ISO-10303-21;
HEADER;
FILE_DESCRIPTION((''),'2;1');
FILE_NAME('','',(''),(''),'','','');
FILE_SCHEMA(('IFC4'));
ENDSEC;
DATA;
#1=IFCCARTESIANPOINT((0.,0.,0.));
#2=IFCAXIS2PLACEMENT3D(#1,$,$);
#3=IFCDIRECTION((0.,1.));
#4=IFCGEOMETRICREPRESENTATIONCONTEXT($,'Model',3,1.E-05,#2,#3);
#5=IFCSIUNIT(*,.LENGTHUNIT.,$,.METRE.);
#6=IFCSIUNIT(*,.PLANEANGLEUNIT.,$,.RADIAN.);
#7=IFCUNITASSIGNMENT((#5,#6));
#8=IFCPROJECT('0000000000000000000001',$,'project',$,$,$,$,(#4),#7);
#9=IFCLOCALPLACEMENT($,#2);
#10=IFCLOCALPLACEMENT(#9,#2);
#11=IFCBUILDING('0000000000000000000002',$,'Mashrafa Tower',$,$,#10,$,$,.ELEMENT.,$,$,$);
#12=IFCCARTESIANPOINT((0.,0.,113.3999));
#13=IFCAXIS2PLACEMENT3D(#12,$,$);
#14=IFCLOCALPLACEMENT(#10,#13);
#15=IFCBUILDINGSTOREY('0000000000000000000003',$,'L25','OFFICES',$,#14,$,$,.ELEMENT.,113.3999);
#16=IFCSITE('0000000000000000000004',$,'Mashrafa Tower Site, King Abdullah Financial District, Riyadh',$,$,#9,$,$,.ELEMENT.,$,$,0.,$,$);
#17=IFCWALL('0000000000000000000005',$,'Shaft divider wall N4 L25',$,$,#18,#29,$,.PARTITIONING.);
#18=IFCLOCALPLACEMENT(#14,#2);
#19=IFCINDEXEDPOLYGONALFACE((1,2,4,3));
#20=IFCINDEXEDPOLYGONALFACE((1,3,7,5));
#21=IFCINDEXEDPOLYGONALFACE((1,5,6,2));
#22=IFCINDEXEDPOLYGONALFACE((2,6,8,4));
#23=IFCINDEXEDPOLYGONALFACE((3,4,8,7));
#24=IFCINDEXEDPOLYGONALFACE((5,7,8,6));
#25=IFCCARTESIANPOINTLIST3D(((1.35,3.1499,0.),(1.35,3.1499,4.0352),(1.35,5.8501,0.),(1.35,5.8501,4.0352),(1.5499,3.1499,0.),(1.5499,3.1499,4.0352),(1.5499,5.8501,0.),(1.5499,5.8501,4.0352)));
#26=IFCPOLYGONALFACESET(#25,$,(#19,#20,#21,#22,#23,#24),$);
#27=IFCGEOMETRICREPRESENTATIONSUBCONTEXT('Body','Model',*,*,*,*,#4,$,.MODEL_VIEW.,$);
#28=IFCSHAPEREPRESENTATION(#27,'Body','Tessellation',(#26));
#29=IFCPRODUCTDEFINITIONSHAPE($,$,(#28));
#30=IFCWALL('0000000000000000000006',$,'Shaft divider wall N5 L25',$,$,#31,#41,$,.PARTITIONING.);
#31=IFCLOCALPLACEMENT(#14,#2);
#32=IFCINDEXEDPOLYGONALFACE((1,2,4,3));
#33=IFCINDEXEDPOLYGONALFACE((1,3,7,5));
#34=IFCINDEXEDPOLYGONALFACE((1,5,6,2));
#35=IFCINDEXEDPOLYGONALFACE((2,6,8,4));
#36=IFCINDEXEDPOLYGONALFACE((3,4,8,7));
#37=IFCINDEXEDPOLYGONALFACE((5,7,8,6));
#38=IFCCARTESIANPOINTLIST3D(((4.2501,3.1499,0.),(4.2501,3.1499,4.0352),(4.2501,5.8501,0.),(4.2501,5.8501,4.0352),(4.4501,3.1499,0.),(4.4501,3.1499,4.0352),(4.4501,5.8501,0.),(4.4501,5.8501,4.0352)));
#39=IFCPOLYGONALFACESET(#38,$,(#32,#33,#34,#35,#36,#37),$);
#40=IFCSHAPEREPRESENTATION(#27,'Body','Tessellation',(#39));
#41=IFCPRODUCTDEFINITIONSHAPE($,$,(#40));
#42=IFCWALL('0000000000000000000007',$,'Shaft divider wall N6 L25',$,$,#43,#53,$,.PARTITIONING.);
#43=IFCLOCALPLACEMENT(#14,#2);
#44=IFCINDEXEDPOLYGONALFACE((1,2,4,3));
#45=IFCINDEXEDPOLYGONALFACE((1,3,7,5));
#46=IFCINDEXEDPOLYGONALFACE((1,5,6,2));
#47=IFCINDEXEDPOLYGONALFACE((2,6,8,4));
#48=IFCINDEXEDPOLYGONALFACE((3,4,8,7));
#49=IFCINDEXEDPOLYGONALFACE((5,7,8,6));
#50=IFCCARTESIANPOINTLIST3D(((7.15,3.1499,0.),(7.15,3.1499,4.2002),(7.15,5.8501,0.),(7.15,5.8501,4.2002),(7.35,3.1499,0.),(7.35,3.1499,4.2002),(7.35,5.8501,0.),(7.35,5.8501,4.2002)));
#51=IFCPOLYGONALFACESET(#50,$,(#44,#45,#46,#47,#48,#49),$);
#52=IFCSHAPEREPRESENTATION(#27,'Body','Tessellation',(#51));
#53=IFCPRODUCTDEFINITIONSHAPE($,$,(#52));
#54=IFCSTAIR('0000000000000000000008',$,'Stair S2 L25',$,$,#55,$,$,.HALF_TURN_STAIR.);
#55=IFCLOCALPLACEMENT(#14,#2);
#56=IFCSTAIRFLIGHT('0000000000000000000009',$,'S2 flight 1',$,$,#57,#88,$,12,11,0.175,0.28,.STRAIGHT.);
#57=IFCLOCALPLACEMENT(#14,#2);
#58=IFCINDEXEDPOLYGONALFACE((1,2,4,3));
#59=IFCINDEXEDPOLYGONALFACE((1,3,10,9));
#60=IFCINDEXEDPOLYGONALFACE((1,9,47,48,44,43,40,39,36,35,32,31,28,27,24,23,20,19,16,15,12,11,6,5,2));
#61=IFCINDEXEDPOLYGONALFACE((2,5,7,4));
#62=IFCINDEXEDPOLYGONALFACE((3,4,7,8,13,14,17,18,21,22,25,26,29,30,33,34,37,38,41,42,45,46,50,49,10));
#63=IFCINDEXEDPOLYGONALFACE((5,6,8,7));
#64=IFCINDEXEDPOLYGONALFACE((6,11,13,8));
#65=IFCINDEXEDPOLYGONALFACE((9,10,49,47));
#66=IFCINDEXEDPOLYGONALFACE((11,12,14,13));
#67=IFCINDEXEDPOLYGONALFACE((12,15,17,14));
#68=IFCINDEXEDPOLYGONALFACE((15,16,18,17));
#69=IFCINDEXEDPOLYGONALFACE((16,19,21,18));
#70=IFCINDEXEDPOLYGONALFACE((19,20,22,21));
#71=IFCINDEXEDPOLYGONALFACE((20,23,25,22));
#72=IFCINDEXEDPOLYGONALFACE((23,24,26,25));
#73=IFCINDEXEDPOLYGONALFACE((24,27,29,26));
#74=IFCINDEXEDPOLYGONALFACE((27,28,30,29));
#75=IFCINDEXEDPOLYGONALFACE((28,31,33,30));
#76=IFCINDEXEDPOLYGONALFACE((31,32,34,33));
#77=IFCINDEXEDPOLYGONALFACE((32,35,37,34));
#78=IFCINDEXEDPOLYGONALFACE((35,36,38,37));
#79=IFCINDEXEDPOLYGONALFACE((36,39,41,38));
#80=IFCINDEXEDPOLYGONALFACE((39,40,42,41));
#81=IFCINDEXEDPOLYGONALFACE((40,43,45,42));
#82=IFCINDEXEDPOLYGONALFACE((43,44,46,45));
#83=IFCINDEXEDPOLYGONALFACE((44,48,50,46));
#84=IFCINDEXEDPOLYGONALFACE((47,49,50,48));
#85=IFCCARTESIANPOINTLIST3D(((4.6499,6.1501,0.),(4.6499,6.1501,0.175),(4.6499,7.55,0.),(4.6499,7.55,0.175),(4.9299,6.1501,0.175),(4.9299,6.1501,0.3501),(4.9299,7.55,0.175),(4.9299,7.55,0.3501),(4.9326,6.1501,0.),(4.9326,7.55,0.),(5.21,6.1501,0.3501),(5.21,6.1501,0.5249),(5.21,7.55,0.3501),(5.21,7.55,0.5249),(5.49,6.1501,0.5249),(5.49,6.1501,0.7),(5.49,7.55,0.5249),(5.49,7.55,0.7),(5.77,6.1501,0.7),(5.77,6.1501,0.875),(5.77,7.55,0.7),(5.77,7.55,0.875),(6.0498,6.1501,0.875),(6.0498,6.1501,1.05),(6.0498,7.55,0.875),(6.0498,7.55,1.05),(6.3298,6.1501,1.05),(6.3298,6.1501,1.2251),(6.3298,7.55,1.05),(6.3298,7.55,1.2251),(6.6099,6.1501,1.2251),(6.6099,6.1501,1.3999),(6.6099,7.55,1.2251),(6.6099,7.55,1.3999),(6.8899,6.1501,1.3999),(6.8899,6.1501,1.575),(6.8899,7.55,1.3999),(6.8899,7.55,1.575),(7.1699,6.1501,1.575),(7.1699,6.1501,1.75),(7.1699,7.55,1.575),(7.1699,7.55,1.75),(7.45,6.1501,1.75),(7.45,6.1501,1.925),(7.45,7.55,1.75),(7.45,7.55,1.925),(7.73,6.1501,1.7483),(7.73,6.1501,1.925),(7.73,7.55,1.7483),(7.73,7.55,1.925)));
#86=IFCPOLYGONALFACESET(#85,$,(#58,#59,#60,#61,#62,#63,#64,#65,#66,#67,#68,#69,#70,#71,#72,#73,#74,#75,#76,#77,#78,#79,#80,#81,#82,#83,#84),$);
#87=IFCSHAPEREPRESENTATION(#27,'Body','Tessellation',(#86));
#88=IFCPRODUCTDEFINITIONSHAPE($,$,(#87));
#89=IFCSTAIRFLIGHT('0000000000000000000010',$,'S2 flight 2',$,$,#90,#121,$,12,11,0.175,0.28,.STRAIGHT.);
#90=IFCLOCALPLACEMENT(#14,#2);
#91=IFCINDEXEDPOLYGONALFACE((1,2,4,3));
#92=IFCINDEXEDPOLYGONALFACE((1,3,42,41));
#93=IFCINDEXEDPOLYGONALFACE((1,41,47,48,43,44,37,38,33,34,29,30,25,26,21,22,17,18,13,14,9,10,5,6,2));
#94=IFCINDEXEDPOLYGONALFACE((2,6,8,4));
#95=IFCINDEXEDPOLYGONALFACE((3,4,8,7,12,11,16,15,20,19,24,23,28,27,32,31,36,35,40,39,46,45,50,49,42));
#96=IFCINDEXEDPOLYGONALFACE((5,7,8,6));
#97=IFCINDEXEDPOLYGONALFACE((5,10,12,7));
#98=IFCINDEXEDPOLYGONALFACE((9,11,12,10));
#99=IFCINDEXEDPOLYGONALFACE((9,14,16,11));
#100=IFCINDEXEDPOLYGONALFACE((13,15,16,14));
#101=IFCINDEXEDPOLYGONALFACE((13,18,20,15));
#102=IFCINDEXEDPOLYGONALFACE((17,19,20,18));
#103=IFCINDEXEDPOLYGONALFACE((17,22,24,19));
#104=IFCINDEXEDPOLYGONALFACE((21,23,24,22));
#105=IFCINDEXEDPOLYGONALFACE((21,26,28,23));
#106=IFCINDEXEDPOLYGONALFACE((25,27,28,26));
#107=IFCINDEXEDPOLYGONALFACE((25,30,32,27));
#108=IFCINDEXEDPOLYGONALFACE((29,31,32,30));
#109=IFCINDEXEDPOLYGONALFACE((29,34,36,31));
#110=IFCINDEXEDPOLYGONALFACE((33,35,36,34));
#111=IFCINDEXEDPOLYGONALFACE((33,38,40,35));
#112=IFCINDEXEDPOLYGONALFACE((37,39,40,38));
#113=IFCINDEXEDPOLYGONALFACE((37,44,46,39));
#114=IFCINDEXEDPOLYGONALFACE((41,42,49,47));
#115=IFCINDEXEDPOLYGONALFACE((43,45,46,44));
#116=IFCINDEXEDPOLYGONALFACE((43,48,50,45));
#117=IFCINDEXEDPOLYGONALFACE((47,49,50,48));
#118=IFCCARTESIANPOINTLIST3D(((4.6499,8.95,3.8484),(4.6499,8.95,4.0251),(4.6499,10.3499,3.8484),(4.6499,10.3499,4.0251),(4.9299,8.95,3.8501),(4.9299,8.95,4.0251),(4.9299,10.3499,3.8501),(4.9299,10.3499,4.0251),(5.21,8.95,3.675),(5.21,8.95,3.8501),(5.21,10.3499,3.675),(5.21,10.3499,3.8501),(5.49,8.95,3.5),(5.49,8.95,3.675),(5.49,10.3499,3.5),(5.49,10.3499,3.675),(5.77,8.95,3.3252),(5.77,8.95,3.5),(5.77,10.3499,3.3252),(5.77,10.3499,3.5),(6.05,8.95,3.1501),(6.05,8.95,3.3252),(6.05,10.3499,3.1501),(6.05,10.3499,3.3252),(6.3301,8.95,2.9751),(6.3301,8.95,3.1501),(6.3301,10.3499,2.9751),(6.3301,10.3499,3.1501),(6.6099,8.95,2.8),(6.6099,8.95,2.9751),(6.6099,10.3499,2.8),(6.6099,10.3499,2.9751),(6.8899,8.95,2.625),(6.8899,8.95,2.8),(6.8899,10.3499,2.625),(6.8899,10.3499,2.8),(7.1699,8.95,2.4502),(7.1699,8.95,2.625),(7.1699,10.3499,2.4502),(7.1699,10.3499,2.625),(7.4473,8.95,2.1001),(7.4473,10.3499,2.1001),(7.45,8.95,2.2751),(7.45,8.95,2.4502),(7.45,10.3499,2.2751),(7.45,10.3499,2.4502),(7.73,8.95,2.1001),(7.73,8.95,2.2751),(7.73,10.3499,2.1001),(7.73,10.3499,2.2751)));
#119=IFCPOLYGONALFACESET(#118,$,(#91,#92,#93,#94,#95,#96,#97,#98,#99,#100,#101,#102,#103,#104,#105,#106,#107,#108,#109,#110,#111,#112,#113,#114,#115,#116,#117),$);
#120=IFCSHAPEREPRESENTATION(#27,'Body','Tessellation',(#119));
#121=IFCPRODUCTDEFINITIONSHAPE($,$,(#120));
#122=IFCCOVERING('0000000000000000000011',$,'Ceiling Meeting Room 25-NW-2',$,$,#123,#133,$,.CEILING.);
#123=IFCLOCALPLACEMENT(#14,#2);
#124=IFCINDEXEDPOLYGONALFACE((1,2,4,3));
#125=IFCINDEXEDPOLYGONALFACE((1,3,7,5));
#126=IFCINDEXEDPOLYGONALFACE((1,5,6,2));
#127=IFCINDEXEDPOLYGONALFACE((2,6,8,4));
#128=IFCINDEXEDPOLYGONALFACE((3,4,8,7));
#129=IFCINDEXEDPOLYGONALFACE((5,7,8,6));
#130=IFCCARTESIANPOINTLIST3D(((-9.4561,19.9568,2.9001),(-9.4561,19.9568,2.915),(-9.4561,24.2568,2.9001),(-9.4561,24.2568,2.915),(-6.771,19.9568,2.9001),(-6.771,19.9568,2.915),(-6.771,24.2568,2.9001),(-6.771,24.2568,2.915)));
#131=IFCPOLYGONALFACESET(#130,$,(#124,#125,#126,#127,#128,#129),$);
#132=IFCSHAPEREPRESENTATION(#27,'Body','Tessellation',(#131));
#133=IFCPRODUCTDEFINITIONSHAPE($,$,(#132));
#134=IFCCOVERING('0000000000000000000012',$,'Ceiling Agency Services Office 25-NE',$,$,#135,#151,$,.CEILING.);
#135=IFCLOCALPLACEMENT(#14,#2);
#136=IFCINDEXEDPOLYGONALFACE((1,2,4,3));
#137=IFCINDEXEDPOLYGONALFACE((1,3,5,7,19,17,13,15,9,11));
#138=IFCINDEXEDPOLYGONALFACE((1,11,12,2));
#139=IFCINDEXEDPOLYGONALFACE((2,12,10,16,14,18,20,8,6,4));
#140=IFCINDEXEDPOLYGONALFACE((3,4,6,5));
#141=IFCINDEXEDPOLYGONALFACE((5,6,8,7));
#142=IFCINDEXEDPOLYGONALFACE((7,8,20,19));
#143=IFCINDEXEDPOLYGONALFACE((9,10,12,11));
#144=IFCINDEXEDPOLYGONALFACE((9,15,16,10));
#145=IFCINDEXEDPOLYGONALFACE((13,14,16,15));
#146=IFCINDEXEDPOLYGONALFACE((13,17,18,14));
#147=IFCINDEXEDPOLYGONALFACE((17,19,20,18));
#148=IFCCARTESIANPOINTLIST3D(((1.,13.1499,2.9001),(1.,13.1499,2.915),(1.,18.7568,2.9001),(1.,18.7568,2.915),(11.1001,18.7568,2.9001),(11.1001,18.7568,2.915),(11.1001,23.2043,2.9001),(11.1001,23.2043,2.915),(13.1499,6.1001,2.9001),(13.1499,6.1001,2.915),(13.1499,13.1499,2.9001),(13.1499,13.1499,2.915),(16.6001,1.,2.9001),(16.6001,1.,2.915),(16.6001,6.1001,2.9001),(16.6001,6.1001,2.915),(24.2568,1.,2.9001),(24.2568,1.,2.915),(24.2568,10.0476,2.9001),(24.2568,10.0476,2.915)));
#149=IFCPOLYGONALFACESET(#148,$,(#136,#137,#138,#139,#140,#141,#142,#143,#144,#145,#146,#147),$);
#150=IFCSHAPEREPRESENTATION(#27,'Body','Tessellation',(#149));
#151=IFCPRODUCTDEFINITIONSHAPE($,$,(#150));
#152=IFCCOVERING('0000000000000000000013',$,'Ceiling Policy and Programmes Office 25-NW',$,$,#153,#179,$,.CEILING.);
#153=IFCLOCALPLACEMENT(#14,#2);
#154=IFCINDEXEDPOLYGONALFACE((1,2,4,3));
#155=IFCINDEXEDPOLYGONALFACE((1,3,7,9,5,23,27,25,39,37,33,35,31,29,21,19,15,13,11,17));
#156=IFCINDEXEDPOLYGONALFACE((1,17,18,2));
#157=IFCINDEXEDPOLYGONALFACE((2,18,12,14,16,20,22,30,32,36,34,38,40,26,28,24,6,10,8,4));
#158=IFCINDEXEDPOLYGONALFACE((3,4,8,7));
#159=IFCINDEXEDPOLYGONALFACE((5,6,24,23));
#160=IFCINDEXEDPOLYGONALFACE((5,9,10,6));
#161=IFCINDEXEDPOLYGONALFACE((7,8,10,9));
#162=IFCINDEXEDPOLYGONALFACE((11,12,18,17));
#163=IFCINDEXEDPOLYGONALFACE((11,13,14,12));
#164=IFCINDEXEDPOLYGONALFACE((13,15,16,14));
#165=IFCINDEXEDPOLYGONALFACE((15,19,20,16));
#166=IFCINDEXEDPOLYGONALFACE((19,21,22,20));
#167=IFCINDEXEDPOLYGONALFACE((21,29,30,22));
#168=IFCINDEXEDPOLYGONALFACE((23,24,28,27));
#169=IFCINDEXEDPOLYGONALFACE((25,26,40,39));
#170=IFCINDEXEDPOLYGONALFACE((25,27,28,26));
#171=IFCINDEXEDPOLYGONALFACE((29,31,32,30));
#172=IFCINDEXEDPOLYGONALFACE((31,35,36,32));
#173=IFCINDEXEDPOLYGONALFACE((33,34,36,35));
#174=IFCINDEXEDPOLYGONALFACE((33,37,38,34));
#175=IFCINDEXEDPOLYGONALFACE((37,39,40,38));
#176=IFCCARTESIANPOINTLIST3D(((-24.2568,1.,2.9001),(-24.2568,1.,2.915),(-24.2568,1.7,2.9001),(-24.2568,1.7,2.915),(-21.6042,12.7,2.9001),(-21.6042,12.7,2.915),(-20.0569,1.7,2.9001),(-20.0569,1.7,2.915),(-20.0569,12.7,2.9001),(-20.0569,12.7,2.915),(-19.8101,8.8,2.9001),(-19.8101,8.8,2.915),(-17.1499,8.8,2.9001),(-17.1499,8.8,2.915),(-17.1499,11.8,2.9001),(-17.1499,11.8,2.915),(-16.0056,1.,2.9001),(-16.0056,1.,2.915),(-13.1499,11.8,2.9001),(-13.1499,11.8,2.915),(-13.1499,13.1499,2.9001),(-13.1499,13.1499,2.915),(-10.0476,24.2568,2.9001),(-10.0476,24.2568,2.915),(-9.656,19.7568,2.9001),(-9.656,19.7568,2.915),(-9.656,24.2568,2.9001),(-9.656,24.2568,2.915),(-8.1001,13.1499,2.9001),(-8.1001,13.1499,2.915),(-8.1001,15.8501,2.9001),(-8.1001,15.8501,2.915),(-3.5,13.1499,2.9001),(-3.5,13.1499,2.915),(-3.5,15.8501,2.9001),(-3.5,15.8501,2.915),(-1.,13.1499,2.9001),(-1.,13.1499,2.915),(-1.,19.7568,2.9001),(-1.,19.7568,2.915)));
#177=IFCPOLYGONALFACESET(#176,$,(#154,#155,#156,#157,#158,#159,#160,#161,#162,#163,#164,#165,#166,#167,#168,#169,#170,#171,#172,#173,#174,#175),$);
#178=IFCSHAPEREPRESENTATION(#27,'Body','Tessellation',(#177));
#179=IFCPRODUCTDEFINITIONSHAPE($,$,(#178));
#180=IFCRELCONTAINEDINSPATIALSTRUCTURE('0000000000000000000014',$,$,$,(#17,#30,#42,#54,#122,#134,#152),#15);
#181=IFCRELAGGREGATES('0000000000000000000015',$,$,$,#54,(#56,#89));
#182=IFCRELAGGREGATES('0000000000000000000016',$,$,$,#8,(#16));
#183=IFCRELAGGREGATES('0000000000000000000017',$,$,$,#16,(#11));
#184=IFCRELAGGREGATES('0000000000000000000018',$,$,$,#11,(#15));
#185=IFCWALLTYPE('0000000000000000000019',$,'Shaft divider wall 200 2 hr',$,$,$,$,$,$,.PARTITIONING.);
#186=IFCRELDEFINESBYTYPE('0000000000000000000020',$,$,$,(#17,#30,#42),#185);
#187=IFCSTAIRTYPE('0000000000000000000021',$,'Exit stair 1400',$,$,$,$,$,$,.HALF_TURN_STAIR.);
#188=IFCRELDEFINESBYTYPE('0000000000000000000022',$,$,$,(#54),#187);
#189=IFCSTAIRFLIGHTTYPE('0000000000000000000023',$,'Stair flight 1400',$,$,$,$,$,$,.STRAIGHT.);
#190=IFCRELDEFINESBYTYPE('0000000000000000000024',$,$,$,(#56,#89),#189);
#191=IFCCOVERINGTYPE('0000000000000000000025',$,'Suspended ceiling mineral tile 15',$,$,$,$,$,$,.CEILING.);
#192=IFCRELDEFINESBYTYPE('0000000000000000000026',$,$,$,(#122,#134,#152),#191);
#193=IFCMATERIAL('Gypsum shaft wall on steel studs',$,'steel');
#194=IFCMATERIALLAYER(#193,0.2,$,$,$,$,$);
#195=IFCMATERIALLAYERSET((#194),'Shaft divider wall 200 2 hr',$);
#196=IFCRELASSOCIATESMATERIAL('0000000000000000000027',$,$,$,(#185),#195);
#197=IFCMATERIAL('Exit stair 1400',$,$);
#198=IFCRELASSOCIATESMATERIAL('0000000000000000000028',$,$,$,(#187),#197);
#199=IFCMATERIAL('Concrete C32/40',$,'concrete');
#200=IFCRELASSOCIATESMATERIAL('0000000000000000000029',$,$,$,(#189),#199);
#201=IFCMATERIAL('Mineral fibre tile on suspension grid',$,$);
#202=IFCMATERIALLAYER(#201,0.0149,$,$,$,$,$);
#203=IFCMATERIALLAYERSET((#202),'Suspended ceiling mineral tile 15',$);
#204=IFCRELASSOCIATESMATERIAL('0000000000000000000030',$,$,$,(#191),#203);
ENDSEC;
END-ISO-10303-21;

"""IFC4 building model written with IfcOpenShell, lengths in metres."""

from ifc_helpers import new_model, si_unit, direction, frame, frame_2d, origin, place, context, subcontext, project, spatial, polyline, rectangle, outline, extrude, material, layer, layer_set, type_object, element, aggregate, save


model = new_model("IFC4")

# Units and contexts
model_context = context("Model", 3, precision=1e-05, world=origin(), true_north=direction((0.0, 1.0)))
body_context = subcontext(model_context, "Body", "Model", "MODEL_VIEW")
ifc_project = project(units=[si_unit("LENGTHUNIT", "METRE"), si_unit("PLANEANGLEUNIT", "RADIAN")], contexts=[model_context])

# Site, building, storey
site_placement = place(None, origin())
site = spatial("IfcSite", under=ifc_project, at=site_placement, Name="Mashrafa Tower Site, King Abdullah Financial District, Riyadh", CompositionType="ELEMENT", RefElevation=0.0)
building_placement = place(site_placement, origin())
building = spatial("IfcBuilding", under=site, at=building_placement, Name="Mashrafa Tower", CompositionType="ELEMENT")
storey_placement = place(building_placement, frame((0.0, 0.0, 113.3999)))
storey = spatial("IfcBuildingStorey", under=building, at=storey_placement, Name="L25", Description="OFFICES", CompositionType="ELEMENT", Elevation=113.3999)

# Walls
ifc_material_1 = material(Name="Gypsum shaft wall on steel studs", Category="steel")
ifc_layer_1 = layer(ifc_material_1, 0.2)
ifc_layer_set_1 = layer_set([ifc_layer_1], Name="Shaft divider wall 200 2 hr")
wall_type_1 = type_object("IfcWallType", Name="Shaft divider wall 200 2 hr", PredefinedType="PARTITIONING", material=ifc_layer_set_1)
for number, where, z_axis, x_axis, name in (
    (1, (1.45, 3.1499, 0.0), (0.0, 0.0, 1.0), (0.0, 1.0, 0.0), "Shaft divider wall N4 L25"),
    (2, (4.3501, 3.1499, 0.0), (0.0, 0.0, 1.0), (0.0, 1.0, 0.0), "Shaft divider wall N5 L25"),
):
    element("IfcWall", number, at=place(storey_placement, frame(where, z_axis=z_axis, x_axis=x_axis)), inside=storey, type_object=wall_type_1, Name=name, PredefinedType="PARTITIONING", context=body_context, shape_type="SweptSolid", body=[
        extrude(rectangle(XDim=2.7002, YDim=0.2, at=frame_2d((1.3501, 0.0))), origin(), (0.0, 0.0, 1.0), 4.0352),
    ])
wall_1_placement = place(storey_placement, frame((7.25, 3.1499, 0.0), z_axis=(0.0, 0.0, 1.0), x_axis=(0.0, 1.0, 0.0)))
element("IfcWall", 3, at=wall_1_placement, inside=storey, type_object=wall_type_1, Name="Shaft divider wall N6 L25", PredefinedType="PARTITIONING", context=body_context, shape_type="SweptSolid", body=[
    extrude(rectangle(XDim=2.7002, YDim=0.2, at=frame_2d((1.3501, 0.0))), origin(), (0.0, 0.0, 1.0), 4.2002),
])

# Stair, stair flights
ifc_material_2 = material(Name="Exit stair 1400")
stair_type = type_object("IfcStairType", Name="Exit stair 1400", PredefinedType="HALF_TURN_STAIR", material=ifc_material_2)
stair_placement = place(storey_placement, origin())
stair = element("IfcStair", 4, at=stair_placement, inside=storey, type_object=stair_type, Name="Stair S2 L25", PredefinedType="HALF_TURN_STAIR")
ifc_material_3 = material(Name="Concrete C32/40", Category="concrete")
stair_flight_type = type_object("IfcStairFlightType", Name="Stair flight 1400", PredefinedType="STRAIGHT", material=ifc_material_3)
stair_flight_1_placement = place(storey_placement, frame((4.6499, 6.8501, 0.0), z_axis=(0.0, 0.0, 1.0), x_axis=(1.0, 0.0, 0.0)))
stair_flight_1 = element("IfcStairFlight", 5, at=stair_flight_1_placement, type_object=stair_flight_type, Name="S2 flight 1", NumberOfRisers=12, NumberOfTreads=11, PredefinedType="STRAIGHT", RiserHeight=0.175, TreadLength=0.28, context=body_context, shape_type="SweptSolid", body=[
    extrude(outline(polyline([(0.0, 0.0), (0.0, 0.175), (0.28, 0.175), (0.28, 0.3501), (0.5601, 0.3501), (0.5601, 0.5249), (0.8401, 0.5249), (0.8401, 0.7), (1.1201, 0.7), (1.1201, 0.875), (1.3999, 0.875), (1.3999, 1.05), (1.6799, 1.05), (1.6799, 1.2251), (1.96, 1.2251), (1.96, 1.3999), (2.24, 1.3999), (2.24, 1.575), (2.52, 1.575), (2.52, 1.75), (2.8, 1.75), (2.8, 1.925), (3.0801, 1.925), (3.0801, 2.1001), (3.0801, 1.7483), (0.2827, 0.0), (0.0, 0.0)])), frame((0.0, 0.7, 0.0), z_axis=(0.0, -1.0, 0.0), x_axis=(1.0, 0.0, 0.0)), (0.0, 0.0, 1.0), 1.3999),
])
stair_flight_2_placement = place(storey_placement, frame((7.73, 9.6499, 2.1001), z_axis=(0.0, 0.0, 1.0), x_axis=(-1.0, 0.0, 0.0)))
stair_flight_2 = element("IfcStairFlight", 6, at=stair_flight_2_placement, type_object=stair_flight_type, Name="S2 flight 2", NumberOfRisers=12, NumberOfTreads=11, PredefinedType="STRAIGHT", RiserHeight=0.175, TreadLength=0.28, context=body_context, shape_type="SweptSolid", body=[
    extrude(outline(polyline([(0.0, 0.0), (0.0, 0.175), (0.28, 0.175), (0.28, 0.3501), (0.5601, 0.3501), (0.5601, 0.5249), (0.8401, 0.5249), (0.8401, 0.7), (1.1201, 0.7), (1.1201, 0.875), (1.3999, 0.875), (1.3999, 1.05), (1.6799, 1.05), (1.6799, 1.2251), (1.96, 1.2251), (1.96, 1.3999), (2.24, 1.3999), (2.24, 1.575), (2.52, 1.575), (2.52, 1.75), (2.8, 1.75), (2.8, 1.925), (3.0801, 1.925), (3.0801, 2.1001), (3.0801, 1.7483), (0.2827, 0.0), (0.0, 0.0)])), frame((0.0, 0.7, 0.0), z_axis=(0.0, -1.0, 0.0), x_axis=(1.0, 0.0, 0.0)), (0.0, 0.0, 1.0), 1.3999),
])
aggregate(stair, [stair_flight_1, stair_flight_2])

# Coverings
ifc_material_4 = material(Name="Mineral fibre tile on suspension grid")
ifc_layer_2 = layer(ifc_material_4, 0.0149)
ifc_layer_set_2 = layer_set([ifc_layer_2], Name="Suspended ceiling mineral tile 15")
covering_type = type_object("IfcCoveringType", Name="Suspended ceiling mineral tile 15", PredefinedType="CEILING", material=ifc_layer_set_2)
covering_1_placement = place(storey_placement, frame((0.0, 0.0, 2.9001)))
element("IfcCovering", 7, at=covering_1_placement, inside=storey, type_object=covering_type, Name="Ceiling Meeting Room 25-NW-2", PredefinedType="CEILING", context=body_context, shape_type="SweptSolid", body=[
    extrude(outline(polyline([(-9.4561, 24.2568), (-6.771, 24.2568), (-6.771, 19.9568), (-9.4561, 19.9568), (-9.4561, 24.2568)])), origin(), (0.0, 0.0, 1.0), 0.0149),
])
covering_2_placement = place(storey_placement, frame((0.0, 0.0, 2.9001)))
element("IfcCovering", 8, at=covering_2_placement, inside=storey, type_object=covering_type, Name="Ceiling Agency Services Office 25-NE", PredefinedType="CEILING", context=body_context, shape_type="SweptSolid", body=[
    extrude(outline(polyline([(11.1001, 18.7568), (11.1001, 23.2043), (24.2568, 10.0476), (24.2568, 1.0), (16.6001, 1.0), (16.6001, 6.1001), (13.1499, 6.1001), (13.1499, 13.1499), (1.0, 13.1499), (1.0, 18.7568), (11.1001, 18.7568)])), origin(), (0.0, 0.0, 1.0), 0.0149),
])
covering_3_placement = place(storey_placement, frame((0.0, 0.0, 2.9001)))
element("IfcCovering", 9, at=covering_3_placement, inside=storey, type_object=covering_type, Name="Ceiling Policy and Programmes Office 25-NW", PredefinedType="CEILING", context=body_context, shape_type="SweptSolid", body=[
    extrude(outline(polyline([(-24.2568, 1.0), (-24.2568, 1.7), (-20.0569, 1.7), (-20.0569, 12.7), (-21.6042, 12.7), (-10.0476, 24.2568), (-9.656, 24.2568), (-9.656, 19.7568), (-1.0, 19.7568), (-1.0, 13.1499), (-3.5, 13.1499), (-3.5, 15.8501), (-8.1001, 15.8501), (-8.1001, 13.1499), (-13.1499, 13.1499), (-13.1499, 11.8), (-17.1499, 11.8), (-17.1499, 8.8), (-19.8101, 8.8), (-16.0056, 1.0), (-24.2568, 1.0)])), origin(), (0.0, 0.0, 1.0), 0.0149),
])

save(model, "model.ifc")
